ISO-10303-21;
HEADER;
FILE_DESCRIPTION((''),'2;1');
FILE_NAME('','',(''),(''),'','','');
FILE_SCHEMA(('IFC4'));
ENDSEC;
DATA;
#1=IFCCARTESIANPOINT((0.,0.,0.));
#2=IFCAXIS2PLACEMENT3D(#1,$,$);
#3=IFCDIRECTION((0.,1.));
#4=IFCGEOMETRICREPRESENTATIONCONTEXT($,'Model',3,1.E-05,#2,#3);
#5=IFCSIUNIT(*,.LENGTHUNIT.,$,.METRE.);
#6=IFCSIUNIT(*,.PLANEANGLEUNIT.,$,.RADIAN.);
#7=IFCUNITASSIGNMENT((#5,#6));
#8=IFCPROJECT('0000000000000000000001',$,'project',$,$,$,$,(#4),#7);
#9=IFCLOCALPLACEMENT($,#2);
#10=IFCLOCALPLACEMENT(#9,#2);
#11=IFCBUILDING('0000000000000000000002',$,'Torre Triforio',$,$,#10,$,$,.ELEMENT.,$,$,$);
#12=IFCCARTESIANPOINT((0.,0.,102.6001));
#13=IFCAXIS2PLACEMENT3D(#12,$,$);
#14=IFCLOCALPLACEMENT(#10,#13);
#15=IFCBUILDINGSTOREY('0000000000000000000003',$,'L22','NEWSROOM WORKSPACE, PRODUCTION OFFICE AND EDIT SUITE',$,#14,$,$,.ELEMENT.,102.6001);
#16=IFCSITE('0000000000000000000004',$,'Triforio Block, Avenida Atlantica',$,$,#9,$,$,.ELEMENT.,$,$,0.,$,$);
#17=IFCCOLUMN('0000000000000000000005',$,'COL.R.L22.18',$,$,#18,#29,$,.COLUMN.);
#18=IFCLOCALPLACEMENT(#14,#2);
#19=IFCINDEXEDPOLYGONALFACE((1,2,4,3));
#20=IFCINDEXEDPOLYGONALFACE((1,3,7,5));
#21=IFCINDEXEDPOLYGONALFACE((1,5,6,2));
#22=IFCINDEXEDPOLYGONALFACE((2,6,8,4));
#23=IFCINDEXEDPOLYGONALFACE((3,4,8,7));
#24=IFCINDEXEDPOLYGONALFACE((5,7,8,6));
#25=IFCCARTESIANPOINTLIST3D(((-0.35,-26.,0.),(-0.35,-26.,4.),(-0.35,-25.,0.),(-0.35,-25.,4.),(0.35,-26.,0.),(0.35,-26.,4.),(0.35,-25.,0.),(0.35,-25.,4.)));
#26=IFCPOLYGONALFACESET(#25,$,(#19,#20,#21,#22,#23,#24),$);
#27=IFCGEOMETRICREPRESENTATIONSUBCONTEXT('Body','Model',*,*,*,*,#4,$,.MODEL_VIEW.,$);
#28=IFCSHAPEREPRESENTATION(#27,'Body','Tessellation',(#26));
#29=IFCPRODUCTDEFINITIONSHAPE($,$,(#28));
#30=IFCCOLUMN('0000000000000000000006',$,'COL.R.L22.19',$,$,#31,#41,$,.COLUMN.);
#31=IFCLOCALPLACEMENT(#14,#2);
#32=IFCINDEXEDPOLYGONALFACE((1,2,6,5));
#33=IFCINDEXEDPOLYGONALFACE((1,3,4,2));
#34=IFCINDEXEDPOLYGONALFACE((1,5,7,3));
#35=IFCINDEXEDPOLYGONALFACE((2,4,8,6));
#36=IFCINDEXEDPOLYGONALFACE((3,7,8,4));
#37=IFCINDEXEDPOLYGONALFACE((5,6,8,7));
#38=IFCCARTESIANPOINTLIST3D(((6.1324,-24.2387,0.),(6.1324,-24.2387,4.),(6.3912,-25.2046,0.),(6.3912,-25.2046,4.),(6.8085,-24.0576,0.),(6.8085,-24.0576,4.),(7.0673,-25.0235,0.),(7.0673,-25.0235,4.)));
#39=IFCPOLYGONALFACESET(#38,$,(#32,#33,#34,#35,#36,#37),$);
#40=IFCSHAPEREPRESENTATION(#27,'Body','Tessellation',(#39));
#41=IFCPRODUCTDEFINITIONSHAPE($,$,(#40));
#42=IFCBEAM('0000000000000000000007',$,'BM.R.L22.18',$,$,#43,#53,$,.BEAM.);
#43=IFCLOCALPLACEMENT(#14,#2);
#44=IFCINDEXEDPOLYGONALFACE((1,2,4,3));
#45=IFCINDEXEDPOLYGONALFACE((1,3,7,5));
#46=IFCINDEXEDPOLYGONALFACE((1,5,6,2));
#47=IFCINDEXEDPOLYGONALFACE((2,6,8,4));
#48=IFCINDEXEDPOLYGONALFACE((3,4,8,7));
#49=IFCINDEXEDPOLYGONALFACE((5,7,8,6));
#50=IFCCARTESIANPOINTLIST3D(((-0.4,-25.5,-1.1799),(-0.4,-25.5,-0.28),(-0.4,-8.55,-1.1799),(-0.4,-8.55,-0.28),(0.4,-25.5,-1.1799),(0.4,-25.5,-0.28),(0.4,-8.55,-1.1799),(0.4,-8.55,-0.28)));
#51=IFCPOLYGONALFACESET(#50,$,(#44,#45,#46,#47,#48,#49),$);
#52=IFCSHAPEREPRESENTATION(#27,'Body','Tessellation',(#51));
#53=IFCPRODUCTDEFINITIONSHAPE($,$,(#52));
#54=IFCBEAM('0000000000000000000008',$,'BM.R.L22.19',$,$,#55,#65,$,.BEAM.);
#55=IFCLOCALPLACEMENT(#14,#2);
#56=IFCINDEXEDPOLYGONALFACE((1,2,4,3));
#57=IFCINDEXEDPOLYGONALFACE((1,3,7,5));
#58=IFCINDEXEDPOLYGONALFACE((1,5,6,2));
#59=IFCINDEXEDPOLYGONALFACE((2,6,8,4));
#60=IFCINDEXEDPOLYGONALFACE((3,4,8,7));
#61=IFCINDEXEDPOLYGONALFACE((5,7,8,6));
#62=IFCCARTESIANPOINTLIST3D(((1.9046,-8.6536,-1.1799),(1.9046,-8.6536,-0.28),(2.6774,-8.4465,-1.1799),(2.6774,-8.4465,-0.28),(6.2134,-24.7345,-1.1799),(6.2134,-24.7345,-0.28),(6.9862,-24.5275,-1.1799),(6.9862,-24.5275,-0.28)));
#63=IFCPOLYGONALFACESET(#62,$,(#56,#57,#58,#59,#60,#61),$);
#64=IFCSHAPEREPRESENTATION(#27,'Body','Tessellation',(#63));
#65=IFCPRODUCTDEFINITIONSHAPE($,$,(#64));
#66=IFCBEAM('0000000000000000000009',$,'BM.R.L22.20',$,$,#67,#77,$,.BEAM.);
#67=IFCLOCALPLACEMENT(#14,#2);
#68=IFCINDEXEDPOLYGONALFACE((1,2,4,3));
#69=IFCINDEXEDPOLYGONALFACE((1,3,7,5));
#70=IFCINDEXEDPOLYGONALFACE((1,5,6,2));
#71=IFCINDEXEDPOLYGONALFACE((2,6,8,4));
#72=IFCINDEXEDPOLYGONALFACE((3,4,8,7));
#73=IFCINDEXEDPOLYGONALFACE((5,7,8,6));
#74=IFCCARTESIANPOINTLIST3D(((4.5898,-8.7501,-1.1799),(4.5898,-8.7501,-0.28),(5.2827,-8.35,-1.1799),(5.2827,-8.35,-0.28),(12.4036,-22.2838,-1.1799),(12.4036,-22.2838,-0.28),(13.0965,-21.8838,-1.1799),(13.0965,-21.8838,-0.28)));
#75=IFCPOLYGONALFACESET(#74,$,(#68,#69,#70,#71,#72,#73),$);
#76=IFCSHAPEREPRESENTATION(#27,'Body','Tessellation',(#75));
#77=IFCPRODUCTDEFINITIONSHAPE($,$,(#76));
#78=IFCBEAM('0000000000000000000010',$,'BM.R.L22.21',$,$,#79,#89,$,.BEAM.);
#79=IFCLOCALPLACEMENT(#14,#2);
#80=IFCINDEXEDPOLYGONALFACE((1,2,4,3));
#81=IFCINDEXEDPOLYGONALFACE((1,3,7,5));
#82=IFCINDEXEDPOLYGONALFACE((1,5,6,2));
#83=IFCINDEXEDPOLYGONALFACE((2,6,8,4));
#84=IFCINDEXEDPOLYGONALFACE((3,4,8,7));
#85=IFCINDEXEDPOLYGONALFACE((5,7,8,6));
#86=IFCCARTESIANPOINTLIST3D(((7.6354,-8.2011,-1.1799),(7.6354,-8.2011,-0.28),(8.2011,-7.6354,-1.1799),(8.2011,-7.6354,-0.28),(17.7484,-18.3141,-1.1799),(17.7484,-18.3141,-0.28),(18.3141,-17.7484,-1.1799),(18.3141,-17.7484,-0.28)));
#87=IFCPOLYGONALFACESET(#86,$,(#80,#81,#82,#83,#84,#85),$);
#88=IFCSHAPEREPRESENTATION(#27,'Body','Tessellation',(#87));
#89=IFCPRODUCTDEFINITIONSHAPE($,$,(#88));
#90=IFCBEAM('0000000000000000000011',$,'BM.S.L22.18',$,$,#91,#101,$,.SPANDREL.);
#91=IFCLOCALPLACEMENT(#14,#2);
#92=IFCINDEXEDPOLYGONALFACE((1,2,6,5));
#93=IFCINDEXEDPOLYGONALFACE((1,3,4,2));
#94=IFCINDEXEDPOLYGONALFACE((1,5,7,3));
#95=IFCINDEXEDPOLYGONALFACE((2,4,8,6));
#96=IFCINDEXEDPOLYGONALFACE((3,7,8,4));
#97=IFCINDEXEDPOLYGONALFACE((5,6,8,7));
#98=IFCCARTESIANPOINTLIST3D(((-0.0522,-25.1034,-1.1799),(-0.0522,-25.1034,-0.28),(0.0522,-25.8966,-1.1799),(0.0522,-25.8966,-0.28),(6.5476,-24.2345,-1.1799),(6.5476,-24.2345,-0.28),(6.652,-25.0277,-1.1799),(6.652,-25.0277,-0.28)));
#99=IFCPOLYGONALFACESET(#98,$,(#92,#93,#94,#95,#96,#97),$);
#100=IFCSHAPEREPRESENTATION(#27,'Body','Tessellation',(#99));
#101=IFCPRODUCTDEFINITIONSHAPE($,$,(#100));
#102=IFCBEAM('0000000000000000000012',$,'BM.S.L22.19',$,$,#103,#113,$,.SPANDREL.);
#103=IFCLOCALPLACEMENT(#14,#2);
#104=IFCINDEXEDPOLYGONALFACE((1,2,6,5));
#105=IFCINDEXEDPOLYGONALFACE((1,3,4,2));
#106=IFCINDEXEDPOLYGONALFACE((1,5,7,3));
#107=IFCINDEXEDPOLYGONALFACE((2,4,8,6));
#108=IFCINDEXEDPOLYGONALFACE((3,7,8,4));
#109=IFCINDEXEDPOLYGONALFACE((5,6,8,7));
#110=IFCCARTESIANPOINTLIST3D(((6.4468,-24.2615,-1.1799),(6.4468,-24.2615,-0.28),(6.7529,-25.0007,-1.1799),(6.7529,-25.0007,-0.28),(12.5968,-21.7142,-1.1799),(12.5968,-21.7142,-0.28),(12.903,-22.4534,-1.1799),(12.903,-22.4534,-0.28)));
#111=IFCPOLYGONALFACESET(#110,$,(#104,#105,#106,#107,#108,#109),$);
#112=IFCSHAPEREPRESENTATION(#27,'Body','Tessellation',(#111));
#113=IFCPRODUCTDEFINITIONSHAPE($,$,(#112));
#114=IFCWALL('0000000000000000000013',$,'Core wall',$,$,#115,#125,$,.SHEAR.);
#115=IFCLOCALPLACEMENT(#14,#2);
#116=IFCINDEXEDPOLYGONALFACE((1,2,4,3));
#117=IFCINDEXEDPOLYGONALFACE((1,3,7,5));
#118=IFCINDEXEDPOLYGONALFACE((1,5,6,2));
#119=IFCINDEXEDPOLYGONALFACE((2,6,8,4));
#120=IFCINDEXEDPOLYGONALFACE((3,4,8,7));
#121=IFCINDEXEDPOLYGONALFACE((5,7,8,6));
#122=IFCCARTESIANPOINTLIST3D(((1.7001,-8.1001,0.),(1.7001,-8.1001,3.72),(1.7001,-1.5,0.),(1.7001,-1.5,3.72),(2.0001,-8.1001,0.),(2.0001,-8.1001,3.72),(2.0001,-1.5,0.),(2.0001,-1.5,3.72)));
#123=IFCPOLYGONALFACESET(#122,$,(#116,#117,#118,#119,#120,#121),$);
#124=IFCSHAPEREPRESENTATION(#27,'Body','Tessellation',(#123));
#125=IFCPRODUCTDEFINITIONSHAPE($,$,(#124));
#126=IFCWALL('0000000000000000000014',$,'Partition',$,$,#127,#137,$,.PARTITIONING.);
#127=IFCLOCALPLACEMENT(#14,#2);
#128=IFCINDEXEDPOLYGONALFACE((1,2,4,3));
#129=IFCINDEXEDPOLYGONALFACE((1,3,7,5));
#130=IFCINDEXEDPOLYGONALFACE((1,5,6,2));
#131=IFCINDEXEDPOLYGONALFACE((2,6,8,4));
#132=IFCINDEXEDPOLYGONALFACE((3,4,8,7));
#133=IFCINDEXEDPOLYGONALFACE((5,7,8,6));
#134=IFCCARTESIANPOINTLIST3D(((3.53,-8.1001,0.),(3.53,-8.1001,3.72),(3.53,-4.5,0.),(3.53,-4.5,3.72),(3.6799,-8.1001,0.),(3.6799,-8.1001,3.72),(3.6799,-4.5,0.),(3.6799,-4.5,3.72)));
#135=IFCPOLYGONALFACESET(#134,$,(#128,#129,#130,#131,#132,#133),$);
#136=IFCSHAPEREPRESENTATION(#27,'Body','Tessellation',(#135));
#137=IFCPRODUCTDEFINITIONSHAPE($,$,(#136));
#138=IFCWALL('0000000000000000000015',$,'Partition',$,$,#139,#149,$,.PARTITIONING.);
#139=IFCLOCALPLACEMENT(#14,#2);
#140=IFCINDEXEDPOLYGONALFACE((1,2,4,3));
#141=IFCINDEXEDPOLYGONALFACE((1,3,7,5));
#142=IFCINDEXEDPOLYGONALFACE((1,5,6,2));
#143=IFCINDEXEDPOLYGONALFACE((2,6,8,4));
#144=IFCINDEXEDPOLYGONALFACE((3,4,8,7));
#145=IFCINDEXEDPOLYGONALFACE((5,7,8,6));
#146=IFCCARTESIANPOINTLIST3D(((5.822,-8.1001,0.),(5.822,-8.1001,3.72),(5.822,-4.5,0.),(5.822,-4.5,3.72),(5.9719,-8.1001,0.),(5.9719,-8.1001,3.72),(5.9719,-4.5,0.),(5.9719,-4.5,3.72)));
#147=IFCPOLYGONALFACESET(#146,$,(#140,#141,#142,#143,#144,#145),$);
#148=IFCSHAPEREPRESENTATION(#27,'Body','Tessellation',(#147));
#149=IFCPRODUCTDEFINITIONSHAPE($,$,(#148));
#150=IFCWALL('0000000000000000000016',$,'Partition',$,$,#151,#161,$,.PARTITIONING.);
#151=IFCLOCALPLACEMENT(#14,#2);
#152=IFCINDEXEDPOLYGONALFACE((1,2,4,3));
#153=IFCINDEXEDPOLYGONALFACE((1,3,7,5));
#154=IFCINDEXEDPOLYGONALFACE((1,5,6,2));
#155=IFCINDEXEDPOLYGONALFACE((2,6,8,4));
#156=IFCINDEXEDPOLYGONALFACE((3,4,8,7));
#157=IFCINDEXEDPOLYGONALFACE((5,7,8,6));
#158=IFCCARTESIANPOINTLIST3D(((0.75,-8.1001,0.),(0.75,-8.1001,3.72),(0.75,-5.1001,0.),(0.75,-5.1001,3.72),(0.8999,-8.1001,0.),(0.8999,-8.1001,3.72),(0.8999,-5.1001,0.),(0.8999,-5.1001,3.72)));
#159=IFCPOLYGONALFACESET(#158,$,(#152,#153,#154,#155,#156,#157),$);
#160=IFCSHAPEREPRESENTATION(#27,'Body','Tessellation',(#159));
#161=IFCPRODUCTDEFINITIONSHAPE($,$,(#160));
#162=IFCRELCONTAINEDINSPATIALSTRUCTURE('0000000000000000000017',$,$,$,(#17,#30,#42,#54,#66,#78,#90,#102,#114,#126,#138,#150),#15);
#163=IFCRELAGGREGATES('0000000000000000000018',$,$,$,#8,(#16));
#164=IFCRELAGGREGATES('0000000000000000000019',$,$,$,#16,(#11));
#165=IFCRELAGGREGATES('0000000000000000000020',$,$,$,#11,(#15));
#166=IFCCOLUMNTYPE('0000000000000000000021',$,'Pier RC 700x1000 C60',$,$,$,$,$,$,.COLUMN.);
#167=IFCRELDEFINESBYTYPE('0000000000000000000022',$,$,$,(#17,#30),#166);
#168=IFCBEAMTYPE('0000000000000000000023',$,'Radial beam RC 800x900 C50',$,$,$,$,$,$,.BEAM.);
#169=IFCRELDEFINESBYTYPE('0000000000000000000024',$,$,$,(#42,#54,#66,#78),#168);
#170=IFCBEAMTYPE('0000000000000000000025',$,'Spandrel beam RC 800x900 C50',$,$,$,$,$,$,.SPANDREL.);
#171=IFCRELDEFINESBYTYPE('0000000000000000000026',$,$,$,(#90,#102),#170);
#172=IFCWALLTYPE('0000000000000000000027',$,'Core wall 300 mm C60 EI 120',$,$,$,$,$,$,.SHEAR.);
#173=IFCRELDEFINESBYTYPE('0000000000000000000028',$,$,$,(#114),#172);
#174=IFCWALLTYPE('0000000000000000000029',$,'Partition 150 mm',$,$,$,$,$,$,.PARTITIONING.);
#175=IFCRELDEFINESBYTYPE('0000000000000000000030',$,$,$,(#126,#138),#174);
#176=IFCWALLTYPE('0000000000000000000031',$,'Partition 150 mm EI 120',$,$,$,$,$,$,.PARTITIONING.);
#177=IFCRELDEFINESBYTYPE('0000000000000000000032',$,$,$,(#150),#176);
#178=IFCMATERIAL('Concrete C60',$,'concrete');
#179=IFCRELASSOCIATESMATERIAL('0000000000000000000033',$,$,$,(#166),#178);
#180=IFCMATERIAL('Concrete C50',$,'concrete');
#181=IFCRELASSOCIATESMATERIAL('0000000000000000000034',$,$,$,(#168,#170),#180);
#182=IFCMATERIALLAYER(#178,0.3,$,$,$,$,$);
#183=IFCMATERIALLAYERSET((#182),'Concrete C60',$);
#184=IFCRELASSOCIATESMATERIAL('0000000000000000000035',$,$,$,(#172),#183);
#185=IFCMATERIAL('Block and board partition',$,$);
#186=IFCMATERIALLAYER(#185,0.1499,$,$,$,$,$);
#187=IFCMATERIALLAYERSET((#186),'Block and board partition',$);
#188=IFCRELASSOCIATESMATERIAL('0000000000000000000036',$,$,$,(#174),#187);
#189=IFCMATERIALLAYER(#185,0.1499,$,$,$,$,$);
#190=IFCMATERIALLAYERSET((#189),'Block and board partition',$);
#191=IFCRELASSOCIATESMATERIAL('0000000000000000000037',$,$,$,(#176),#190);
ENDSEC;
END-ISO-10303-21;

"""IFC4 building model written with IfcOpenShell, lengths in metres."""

from ifc_helpers import new_model, si_unit, direction, frame, frame_2d, origin, origin_2d, place, context, subcontext, project, spatial, rectangle, extrude, material, layer, layer_set, material_profile, profile_set, type_object, element, save


model = new_model("IFC4")

# Units and contexts
model_context = context("Model", 3, precision=1e-05, world=origin(), true_north=direction((0.0, 1.0)))
body_context = subcontext(model_context, "Body", "Model", "MODEL_VIEW")
ifc_project = project(units=[si_unit("LENGTHUNIT", "METRE"), si_unit("PLANEANGLEUNIT", "RADIAN")], contexts=[model_context])

# Site, building, storey
site_placement = place(None, origin())
site = spatial("IfcSite", under=ifc_project, at=site_placement, Name="Triforio Block, Avenida Atlantica", CompositionType="ELEMENT", RefElevation=0.0)
building_placement = place(site_placement, origin())
building = spatial("IfcBuilding", under=site, at=building_placement, Name="Torre Triforio", CompositionType="ELEMENT")
storey_placement = place(building_placement, frame((0.0, 0.0, 102.6001)))
storey = spatial("IfcBuildingStorey", under=building, at=storey_placement, Name="L22", Description="NEWSROOM WORKSPACE, PRODUCTION OFFICE AND EDIT SUITE", CompositionType="ELEMENT", Elevation=102.6001)

# Columns
ifc_material_1 = material(Name="Concrete C60", Category="concrete")
ifc_material_profile_1 = material_profile(ifc_material_1, rectangle(XDim=0.7, YDim=1.0, at=origin_2d()), Name="RC 700x1000")
ifc_profile_set_1 = profile_set([ifc_material_profile_1], Name="Concrete C60")
column_type = type_object("IfcColumnType", Name="Pier RC 700x1000 C60", PredefinedType="COLUMN", material=ifc_profile_set_1)
for number, where, z_axis, x_axis, name in (
    (1, (0.0, -25.5, 0.0), (0.0, 0.0, 1.0), (1.0, 0.0, 0.0), "COL.R.L22.18"),
    (2, (6.5999, -24.6311, 0.0), (0.0, 0.0, 1.0), (0.965926, 0.258819, 0.0), "COL.R.L22.19"),
):
    element("IfcColumn", number, at=place(storey_placement, frame(where, z_axis=z_axis, x_axis=x_axis)), inside=storey, type_object=column_type, Name=name, PredefinedType="COLUMN", context=body_context, shape_type="SweptSolid", body=[
        extrude(rectangle(XDim=0.7, YDim=1.0, at=origin_2d()), origin(), (0.0, 0.0, 1.0), 4.0),
    ])

# Beams
ifc_material_2 = material(Name="Concrete C50", Category="concrete")
ifc_material_profile_2 = material_profile(ifc_material_2, rectangle(XDim=0.8, YDim=0.8999, at=origin_2d()), Name="RC 800x900")
ifc_profile_set_2 = profile_set([ifc_material_profile_2], Name="Concrete C50")
beam_type_1 = type_object("IfcBeamType", Name="Radial beam RC 800x900 C50", PredefinedType="BEAM", material=ifc_profile_set_2)
beam_1_placement = place(storey_placement, frame((0.0, -8.55, -0.73), z_axis=(0.0, -1.0, 0.0), x_axis=(1.0, 0.0, 0.0)))
element("IfcBeam", 3, at=beam_1_placement, inside=storey, type_object=beam_type_1, Name="BM.R.L22.18", PredefinedType="BEAM", context=body_context, shape_type="SweptSolid", body=[
    extrude(rectangle(XDim=0.8, YDim=0.8999, at=origin_2d()), origin(), (0.0, 0.0, 1.0), 16.95),
])
beam_2_placement = place(storey_placement, frame((2.291, -8.55, -0.73), z_axis=(0.258815, -0.965927, 0.0), x_axis=(0.965927, 0.258815, 0.0)))
element("IfcBeam", 4, at=beam_2_placement, inside=storey, type_object=beam_type_1, Name="BM.R.L22.19", PredefinedType="BEAM", context=body_context, shape_type="SweptSolid", body=[
    extrude(rectangle(XDim=0.8, YDim=0.8999, at=origin_2d()), origin(), (0.0, 0.0, 1.0), 16.6482),
])
beam_3_placement = place(storey_placement, frame((4.9363, -8.55, -0.73), z_axis=(0.500002, -0.866024, 0.0), x_axis=(0.866024, 0.500002, 0.0)))
element("IfcBeam", 5, at=beam_3_placement, inside=storey, type_object=beam_type_1, Name="BM.R.L22.20", PredefinedType="BEAM", context=body_context, shape_type="SweptSolid", body=[
    extrude(rectangle(XDim=0.8, YDim=0.8999, at=origin_2d()), origin(), (0.0, 0.0, 1.0), 15.6274),
])
beam_4_placement = place(storey_placement, frame((7.9182, -7.9182, -0.73), z_axis=(0.707107, -0.707107, 0.0), x_axis=(0.707107, 0.707107, 0.0)))
element("IfcBeam", 6, at=beam_4_placement, inside=storey, type_object=beam_type_1, Name="BM.R.L22.21", PredefinedType="BEAM", context=body_context, shape_type="SweptSolid", body=[
    extrude(rectangle(XDim=0.8, YDim=0.8999, at=origin_2d()), origin(), (0.0, 0.0, 1.0), 14.302),
])
ifc_material_profile_3 = material_profile(ifc_material_2, rectangle(XDim=0.8, YDim=0.8999, at=origin_2d()), Name="RC 800x900")
ifc_profile_set_3 = profile_set([ifc_material_profile_3], Name="Concrete C50")
beam_type_2 = type_object("IfcBeamType", Name="Spandrel beam RC 800x900 C50", PredefinedType="SPANDREL", material=ifc_profile_set_3)
for number, where, z_axis, x_axis, name in (
    (7, (0.0, -25.5, -0.73), (0.991445, 0.130528, 0.0), (-0.130528, 0.991445, 0.0), "BM.S.L22.18"),
    (8, (6.5999, -24.6311, -0.73), (0.923885, 0.382669, 0.0), (-0.382669, 0.923885, 0.0), "BM.S.L22.19"),
):
    element("IfcBeam", number, at=place(storey_placement, frame(where, z_axis=z_axis, x_axis=x_axis)), inside=storey, type_object=beam_type_2, Name=name, PredefinedType="SPANDREL", context=body_context, shape_type="SweptSolid", body=[
        extrude(rectangle(XDim=0.8, YDim=0.8999, at=origin_2d()), origin(), (0.0, 0.0, 1.0), 6.6567),
    ])

# Walls
ifc_layer_1 = layer(ifc_material_1, 0.3)
ifc_layer_set_1 = layer_set([ifc_layer_1], Name="Concrete C60")
wall_type_1 = type_object("IfcWallType", Name="Core wall 300 mm C60 EI 120", PredefinedType="SHEAR", material=ifc_layer_set_1)
wall_1_placement = place(storey_placement, frame((1.8501, -8.1001, 0.0), z_axis=(0.0, 0.0, 1.0), x_axis=(0.0, 1.0, 0.0)))
element("IfcWall", 9, at=wall_1_placement, inside=storey, type_object=wall_type_1, Name="Core wall", PredefinedType="SHEAR", context=body_context, shape_type="SweptSolid", body=[
    extrude(rectangle(XDim=6.6001, YDim=0.3, at=frame_2d((3.3, 0.0))), origin(), (0.0, 0.0, 1.0), 3.72),
])
ifc_material_3 = material(Name="Block and board partition")
ifc_layer_2 = layer(ifc_material_3, 0.1499)
ifc_layer_set_2 = layer_set([ifc_layer_2], Name="Block and board partition")
wall_type_2 = type_object("IfcWallType", Name="Partition 150 mm", PredefinedType="PARTITIONING", material=ifc_layer_set_2)
for number, where, z_axis, x_axis, name in (
    (10, (3.605, -8.1001, 0.0), (0.0, 0.0, 1.0), (0.0, 1.0, 0.0), "Partition"),
    (11, (5.897, -8.1001, 0.0), (0.0, 0.0, 1.0), (0.0, 1.0, 0.0), "Partition"),
):
    element("IfcWall", number, at=place(storey_placement, frame(where, z_axis=z_axis, x_axis=x_axis)), inside=storey, type_object=wall_type_2, Name=name, PredefinedType="PARTITIONING", context=body_context, shape_type="SweptSolid", body=[
        extrude(rectangle(XDim=3.6001, YDim=0.1499, at=frame_2d((1.8, 0.0))), origin(), (0.0, 0.0, 1.0), 3.72),
    ])
ifc_layer_3 = layer(ifc_material_3, 0.1499)
ifc_layer_set_3 = layer_set([ifc_layer_3], Name="Block and board partition")
wall_type_3 = type_object("IfcWallType", Name="Partition 150 mm EI 120", PredefinedType="PARTITIONING", material=ifc_layer_set_3)
wall_2_placement = place(storey_placement, frame((0.825, -8.1001, 0.0), z_axis=(0.0, 0.0, 1.0), x_axis=(0.0, 1.0, 0.0)))
element("IfcWall", 12, at=wall_2_placement, inside=storey, type_object=wall_type_3, Name="Partition", PredefinedType="PARTITIONING", context=body_context, shape_type="SweptSolid", body=[
    extrude(rectangle(XDim=3.0, YDim=0.1499, at=frame_2d((1.5, 0.0))), origin(), (0.0, 0.0, 1.0), 3.72),
])

save(model, "model.ifc")
